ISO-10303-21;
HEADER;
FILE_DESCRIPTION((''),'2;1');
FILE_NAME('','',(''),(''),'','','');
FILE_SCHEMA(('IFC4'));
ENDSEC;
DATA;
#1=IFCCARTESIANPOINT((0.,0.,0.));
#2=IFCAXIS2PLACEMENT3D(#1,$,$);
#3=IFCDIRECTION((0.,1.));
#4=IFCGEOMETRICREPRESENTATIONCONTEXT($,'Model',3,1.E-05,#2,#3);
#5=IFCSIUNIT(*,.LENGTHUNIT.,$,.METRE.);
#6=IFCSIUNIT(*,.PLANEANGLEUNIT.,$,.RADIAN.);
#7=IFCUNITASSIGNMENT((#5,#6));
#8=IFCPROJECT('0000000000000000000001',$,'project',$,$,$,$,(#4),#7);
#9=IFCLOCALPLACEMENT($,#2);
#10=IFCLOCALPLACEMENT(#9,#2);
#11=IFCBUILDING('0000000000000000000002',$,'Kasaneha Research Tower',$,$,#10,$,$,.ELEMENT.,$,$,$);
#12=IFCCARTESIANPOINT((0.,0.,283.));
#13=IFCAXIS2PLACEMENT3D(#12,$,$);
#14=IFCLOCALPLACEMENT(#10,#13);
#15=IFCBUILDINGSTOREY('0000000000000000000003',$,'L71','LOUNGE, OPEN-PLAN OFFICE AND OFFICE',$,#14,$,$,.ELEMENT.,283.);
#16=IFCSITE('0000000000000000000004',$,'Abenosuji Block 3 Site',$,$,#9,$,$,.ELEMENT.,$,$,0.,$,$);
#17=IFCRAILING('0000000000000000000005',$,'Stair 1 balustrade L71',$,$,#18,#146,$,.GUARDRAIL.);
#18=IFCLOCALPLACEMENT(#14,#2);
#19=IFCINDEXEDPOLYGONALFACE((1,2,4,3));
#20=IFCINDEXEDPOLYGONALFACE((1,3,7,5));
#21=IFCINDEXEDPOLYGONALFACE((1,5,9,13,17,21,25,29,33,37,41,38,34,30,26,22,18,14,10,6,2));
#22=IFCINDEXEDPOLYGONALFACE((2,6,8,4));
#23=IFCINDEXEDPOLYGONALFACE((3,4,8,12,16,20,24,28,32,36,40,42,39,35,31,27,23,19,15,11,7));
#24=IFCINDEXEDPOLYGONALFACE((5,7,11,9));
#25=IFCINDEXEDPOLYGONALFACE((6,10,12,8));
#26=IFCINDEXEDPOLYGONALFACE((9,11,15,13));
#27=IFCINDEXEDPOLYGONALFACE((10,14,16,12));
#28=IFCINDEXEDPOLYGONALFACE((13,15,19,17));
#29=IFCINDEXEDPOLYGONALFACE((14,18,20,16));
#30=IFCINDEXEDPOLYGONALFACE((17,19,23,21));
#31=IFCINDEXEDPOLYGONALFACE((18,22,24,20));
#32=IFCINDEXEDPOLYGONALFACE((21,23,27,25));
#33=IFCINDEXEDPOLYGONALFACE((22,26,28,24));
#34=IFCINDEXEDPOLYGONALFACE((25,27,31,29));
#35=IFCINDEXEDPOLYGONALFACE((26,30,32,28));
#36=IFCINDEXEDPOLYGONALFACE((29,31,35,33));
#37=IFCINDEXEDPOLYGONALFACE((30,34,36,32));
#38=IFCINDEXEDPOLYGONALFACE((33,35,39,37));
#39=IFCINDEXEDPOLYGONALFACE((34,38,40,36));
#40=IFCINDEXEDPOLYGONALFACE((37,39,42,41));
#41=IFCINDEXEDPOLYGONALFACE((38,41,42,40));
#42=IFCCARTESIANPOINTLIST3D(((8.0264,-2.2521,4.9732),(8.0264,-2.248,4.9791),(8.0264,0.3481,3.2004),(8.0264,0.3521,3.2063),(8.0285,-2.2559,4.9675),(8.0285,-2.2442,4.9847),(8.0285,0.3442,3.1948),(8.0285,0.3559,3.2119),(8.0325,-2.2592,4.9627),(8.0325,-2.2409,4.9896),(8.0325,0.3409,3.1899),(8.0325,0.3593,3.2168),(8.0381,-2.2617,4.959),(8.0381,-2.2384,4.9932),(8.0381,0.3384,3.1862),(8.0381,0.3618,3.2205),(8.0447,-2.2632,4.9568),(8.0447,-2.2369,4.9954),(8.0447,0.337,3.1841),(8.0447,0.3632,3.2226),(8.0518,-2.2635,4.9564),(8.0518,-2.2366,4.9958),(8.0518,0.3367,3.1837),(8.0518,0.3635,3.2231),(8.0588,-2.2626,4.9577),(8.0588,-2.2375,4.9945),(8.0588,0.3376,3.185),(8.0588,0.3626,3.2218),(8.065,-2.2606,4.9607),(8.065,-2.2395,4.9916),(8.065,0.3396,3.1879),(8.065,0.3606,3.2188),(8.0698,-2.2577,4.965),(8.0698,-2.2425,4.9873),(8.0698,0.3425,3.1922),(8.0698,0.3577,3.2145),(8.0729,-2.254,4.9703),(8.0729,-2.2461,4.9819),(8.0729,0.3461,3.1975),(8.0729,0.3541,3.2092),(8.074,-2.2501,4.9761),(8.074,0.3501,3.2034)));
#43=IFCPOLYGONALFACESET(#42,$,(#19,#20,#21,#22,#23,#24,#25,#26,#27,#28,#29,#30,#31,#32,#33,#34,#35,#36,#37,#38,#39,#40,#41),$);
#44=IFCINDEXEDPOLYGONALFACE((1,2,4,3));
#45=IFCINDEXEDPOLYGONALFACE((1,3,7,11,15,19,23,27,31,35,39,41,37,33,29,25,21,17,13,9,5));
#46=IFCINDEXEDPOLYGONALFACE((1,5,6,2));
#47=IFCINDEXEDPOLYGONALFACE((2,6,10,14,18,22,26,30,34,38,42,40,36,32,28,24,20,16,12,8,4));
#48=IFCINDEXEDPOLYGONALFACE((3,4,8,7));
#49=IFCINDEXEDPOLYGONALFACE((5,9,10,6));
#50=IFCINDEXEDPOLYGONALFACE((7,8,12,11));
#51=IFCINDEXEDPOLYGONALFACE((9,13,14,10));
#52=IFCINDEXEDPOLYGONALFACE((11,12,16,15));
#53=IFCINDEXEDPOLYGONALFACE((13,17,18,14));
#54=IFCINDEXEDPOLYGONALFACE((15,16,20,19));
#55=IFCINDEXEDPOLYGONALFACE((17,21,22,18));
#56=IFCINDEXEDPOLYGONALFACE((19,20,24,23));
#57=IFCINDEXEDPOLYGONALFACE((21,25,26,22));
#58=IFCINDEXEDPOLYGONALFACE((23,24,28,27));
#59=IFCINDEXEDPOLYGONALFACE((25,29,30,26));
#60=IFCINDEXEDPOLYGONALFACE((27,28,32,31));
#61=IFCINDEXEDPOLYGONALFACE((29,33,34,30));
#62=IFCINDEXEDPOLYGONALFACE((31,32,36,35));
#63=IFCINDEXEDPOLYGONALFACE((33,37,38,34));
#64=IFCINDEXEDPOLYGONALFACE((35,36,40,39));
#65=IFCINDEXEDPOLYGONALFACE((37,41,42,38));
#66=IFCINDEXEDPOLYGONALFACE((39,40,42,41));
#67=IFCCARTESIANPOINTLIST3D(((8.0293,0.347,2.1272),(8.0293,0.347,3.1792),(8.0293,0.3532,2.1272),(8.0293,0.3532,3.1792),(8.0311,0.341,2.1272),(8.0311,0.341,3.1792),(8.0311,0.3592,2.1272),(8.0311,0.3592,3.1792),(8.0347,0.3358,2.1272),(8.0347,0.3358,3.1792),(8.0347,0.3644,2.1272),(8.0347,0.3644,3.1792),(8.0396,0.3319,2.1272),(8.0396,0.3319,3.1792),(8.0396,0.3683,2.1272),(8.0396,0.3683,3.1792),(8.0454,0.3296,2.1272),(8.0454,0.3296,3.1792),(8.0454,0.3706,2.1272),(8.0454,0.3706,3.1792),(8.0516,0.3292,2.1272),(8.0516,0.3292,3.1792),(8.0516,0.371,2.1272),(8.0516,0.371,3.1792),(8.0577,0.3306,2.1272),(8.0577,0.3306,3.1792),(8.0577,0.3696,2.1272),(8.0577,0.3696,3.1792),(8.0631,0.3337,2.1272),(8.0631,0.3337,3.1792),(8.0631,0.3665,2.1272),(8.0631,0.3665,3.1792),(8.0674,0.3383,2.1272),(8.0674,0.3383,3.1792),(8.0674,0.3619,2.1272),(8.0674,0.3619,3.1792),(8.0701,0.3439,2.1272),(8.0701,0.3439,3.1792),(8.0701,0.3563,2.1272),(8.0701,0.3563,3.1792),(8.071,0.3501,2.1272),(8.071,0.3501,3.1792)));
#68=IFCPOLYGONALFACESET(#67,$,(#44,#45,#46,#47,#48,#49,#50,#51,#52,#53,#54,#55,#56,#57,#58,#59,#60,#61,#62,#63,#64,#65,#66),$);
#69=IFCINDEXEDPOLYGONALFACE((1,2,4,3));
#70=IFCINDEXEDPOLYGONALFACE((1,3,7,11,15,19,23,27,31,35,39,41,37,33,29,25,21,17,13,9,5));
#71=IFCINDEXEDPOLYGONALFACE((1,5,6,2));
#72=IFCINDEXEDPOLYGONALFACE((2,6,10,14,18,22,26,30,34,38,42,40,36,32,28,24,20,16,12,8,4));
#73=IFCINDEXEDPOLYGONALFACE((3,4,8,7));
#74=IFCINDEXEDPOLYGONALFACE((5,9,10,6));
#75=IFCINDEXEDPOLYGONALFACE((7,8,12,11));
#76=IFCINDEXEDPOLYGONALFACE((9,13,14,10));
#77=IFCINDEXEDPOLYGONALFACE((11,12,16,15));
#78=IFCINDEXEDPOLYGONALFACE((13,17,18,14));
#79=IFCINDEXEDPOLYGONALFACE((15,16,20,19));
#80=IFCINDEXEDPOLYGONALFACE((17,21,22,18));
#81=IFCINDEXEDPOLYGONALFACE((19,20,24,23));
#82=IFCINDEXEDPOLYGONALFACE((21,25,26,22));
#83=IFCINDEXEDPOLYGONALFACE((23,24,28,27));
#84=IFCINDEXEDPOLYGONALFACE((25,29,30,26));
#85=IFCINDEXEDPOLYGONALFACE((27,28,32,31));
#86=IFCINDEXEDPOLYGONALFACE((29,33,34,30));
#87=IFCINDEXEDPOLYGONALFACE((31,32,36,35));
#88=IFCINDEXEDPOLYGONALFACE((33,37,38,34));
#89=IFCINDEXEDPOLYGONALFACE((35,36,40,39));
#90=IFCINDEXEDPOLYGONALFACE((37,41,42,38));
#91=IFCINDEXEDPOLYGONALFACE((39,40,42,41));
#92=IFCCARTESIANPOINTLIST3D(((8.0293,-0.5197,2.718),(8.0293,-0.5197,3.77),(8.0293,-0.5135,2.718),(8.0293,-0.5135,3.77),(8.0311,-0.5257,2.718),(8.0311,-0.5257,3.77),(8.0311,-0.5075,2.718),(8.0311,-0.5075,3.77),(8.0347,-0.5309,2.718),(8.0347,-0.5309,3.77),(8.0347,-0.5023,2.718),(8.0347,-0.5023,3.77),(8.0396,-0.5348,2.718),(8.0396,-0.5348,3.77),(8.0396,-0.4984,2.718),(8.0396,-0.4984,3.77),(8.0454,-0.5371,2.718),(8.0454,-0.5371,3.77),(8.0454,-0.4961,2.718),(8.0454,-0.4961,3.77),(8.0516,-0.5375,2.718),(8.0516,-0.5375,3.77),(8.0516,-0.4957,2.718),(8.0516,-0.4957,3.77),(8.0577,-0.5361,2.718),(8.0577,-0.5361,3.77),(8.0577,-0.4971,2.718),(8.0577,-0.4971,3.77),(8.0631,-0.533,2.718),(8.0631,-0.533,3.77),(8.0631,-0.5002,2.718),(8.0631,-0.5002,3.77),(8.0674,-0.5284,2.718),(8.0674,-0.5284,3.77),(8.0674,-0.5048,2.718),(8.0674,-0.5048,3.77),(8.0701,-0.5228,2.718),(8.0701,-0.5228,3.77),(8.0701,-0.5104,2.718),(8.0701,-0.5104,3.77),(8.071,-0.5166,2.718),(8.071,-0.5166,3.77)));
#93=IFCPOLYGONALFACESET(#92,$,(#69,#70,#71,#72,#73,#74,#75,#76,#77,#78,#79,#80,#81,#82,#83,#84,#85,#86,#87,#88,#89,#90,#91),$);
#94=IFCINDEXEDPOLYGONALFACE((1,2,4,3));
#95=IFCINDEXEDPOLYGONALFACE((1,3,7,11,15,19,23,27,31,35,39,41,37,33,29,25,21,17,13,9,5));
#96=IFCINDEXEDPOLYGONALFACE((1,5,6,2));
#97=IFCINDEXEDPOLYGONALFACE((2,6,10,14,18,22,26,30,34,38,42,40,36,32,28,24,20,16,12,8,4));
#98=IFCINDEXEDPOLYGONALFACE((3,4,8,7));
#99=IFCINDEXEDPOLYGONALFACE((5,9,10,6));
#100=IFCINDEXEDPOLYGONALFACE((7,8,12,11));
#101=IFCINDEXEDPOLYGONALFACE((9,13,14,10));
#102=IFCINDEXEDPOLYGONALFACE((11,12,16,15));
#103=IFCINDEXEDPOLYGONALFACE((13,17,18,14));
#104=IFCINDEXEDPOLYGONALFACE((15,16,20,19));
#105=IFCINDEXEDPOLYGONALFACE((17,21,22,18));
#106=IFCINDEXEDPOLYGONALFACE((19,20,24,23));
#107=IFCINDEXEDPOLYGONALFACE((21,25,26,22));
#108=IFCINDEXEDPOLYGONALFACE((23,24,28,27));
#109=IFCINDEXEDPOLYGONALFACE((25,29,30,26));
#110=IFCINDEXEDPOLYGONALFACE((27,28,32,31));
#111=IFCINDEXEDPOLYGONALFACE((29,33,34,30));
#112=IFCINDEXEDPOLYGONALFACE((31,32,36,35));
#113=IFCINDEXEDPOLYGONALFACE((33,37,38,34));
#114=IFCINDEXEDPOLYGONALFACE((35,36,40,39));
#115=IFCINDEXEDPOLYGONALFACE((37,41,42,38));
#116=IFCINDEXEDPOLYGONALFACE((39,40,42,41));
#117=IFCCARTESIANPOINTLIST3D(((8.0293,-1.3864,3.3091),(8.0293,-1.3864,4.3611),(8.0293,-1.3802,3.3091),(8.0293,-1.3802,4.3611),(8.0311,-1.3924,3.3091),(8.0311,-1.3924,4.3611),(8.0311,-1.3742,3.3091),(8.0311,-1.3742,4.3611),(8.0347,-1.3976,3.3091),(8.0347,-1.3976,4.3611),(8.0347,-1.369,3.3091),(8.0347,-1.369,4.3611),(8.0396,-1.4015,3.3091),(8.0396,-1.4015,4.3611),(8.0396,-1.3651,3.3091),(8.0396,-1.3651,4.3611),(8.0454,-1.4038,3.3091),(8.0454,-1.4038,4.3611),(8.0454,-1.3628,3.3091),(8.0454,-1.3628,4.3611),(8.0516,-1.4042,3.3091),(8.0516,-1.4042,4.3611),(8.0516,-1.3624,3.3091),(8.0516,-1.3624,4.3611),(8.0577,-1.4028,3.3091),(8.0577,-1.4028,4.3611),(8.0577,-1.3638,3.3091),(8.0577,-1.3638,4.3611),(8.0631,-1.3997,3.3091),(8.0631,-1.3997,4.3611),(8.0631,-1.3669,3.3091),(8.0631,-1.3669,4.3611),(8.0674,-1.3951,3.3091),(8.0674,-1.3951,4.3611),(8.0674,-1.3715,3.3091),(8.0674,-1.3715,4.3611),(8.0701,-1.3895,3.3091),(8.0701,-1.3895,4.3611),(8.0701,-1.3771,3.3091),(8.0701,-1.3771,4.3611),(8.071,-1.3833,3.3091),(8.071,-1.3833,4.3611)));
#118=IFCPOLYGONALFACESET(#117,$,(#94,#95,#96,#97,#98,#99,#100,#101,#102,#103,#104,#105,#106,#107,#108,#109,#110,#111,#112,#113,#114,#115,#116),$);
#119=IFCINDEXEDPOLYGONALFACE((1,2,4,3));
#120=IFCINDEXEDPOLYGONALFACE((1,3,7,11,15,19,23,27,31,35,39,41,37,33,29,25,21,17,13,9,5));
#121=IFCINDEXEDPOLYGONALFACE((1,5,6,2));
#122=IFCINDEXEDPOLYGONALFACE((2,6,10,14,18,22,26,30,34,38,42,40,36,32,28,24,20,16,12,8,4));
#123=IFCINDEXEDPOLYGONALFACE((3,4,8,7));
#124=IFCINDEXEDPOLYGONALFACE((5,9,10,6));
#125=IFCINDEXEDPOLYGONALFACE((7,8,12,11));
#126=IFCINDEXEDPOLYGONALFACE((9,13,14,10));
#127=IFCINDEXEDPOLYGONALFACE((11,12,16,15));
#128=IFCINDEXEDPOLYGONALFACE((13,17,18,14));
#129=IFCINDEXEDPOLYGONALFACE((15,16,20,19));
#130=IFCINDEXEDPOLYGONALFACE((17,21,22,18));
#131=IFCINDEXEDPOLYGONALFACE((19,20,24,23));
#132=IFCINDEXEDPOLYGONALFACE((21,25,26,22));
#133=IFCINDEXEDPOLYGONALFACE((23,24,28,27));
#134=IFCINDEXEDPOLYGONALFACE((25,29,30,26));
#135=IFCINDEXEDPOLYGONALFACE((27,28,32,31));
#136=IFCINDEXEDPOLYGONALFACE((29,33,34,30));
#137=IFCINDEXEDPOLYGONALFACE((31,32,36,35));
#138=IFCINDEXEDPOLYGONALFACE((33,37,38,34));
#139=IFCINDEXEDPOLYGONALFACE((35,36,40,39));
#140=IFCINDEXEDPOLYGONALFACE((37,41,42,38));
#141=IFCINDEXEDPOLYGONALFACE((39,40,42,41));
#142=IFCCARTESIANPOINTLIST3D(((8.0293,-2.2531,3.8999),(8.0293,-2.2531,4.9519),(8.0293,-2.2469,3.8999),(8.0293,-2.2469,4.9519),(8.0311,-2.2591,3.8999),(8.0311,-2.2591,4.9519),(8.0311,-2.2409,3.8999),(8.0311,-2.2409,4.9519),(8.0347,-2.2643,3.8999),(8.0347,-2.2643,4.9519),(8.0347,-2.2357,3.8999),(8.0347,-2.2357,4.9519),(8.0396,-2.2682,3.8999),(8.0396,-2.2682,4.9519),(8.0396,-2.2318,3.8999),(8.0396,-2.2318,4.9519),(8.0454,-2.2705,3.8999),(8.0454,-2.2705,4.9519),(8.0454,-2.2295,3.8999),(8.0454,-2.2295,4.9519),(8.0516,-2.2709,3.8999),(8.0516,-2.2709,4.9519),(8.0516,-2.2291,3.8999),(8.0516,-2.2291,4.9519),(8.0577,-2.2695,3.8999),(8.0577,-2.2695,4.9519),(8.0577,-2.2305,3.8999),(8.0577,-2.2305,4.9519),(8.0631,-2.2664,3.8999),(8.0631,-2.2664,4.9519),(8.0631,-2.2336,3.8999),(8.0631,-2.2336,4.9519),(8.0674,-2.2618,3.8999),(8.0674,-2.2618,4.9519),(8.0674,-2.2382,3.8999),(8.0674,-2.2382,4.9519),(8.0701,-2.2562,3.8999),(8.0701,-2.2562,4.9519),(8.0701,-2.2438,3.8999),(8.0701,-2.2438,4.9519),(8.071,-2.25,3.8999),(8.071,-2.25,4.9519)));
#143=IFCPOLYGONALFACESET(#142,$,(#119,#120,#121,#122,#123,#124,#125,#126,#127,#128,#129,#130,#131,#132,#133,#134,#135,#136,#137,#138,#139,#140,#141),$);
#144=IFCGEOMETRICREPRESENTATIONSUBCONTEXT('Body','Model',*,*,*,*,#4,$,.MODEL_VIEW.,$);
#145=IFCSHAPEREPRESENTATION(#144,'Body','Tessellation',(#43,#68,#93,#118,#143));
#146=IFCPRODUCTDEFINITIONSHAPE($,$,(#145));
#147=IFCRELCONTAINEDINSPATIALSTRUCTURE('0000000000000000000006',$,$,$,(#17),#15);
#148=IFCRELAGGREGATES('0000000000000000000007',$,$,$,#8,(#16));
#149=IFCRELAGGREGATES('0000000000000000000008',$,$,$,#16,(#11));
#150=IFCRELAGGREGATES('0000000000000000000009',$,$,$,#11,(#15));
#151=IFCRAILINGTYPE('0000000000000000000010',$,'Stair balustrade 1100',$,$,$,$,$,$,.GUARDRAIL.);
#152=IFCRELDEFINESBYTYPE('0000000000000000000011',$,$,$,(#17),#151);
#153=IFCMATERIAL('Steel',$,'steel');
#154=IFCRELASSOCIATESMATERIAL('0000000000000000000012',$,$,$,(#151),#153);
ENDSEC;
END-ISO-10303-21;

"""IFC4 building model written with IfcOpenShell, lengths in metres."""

from ifc_helpers import new_model, si_unit, direction, frame, origin, origin_2d, place, context, subcontext, project, spatial, circle, extrude, material, type_object, element, save


model = new_model("IFC4")

# Units and contexts
model_context = context("Model", 3, precision=1e-05, world=origin(), true_north=direction((0.0, 1.0)))
body_context = subcontext(model_context, "Body", "Model", "MODEL_VIEW")
ifc_project = project(units=[si_unit("LENGTHUNIT", "METRE"), si_unit("PLANEANGLEUNIT", "RADIAN")], contexts=[model_context])

# Site, building, storey
site_placement = place(None, origin())
site = spatial("IfcSite", under=ifc_project, at=site_placement, Name="Abenosuji Block 3 Site", CompositionType="ELEMENT", RefElevation=0.0)
building_placement = place(site_placement, origin())
building = spatial("IfcBuilding", under=site, at=building_placement, Name="Kasaneha Research Tower", CompositionType="ELEMENT")
storey_placement = place(building_placement, frame((0.0, 0.0, 283.0)))
storey = spatial("IfcBuildingStorey", under=building, at=storey_placement, Name="L71", Description="LOUNGE, OPEN-PLAN OFFICE AND OFFICE", CompositionType="ELEMENT", Elevation=283.0)

# Railing
ifc_material_1 = material(Name="Steel", Category="steel")
railing_type_1 = type_object("IfcRailingType", Name="Stair balustrade 1100", PredefinedType="GUARDRAIL", material=ifc_material_1)
railing_1_placement = place(storey_placement, frame((8.05, 0.3501, 2.1272)))
element("IfcRailing", 1, at=railing_1_placement, inside=storey, type_object=railing_type_1, Name="Stair 1 balustrade L71", PredefinedType="GUARDRAIL", context=body_context, shape_type="SweptSolid", body=[
    extrude(circle(Radius=0.0239, at=origin_2d()), frame((0.0, 0.0, 1.0762), z_axis=(0.0, -0.82624, 0.563318), x_axis=(1.0, 0.0, 0.0)), (0.0, 0.0, 1.0), 3.147),
    extrude(circle(Radius=0.021, at=origin_2d()), origin(), (0.0, 0.0, 1.0), 1.052),
    extrude(circle(Radius=0.021, at=origin_2d()), frame((0.0, -0.8667, 0.5908)), (0.0, 0.0, 1.0), 1.052),
    extrude(circle(Radius=0.021, at=origin_2d()), frame((0.0, -1.7334, 1.1819)), (0.0, 0.0, 1.0), 1.052),
    extrude(circle(Radius=0.021, at=origin_2d()), frame((0.0, -2.6001, 1.7727)), (0.0, 0.0, 1.0), 1.052),
])

save(model, "model.ifc")
